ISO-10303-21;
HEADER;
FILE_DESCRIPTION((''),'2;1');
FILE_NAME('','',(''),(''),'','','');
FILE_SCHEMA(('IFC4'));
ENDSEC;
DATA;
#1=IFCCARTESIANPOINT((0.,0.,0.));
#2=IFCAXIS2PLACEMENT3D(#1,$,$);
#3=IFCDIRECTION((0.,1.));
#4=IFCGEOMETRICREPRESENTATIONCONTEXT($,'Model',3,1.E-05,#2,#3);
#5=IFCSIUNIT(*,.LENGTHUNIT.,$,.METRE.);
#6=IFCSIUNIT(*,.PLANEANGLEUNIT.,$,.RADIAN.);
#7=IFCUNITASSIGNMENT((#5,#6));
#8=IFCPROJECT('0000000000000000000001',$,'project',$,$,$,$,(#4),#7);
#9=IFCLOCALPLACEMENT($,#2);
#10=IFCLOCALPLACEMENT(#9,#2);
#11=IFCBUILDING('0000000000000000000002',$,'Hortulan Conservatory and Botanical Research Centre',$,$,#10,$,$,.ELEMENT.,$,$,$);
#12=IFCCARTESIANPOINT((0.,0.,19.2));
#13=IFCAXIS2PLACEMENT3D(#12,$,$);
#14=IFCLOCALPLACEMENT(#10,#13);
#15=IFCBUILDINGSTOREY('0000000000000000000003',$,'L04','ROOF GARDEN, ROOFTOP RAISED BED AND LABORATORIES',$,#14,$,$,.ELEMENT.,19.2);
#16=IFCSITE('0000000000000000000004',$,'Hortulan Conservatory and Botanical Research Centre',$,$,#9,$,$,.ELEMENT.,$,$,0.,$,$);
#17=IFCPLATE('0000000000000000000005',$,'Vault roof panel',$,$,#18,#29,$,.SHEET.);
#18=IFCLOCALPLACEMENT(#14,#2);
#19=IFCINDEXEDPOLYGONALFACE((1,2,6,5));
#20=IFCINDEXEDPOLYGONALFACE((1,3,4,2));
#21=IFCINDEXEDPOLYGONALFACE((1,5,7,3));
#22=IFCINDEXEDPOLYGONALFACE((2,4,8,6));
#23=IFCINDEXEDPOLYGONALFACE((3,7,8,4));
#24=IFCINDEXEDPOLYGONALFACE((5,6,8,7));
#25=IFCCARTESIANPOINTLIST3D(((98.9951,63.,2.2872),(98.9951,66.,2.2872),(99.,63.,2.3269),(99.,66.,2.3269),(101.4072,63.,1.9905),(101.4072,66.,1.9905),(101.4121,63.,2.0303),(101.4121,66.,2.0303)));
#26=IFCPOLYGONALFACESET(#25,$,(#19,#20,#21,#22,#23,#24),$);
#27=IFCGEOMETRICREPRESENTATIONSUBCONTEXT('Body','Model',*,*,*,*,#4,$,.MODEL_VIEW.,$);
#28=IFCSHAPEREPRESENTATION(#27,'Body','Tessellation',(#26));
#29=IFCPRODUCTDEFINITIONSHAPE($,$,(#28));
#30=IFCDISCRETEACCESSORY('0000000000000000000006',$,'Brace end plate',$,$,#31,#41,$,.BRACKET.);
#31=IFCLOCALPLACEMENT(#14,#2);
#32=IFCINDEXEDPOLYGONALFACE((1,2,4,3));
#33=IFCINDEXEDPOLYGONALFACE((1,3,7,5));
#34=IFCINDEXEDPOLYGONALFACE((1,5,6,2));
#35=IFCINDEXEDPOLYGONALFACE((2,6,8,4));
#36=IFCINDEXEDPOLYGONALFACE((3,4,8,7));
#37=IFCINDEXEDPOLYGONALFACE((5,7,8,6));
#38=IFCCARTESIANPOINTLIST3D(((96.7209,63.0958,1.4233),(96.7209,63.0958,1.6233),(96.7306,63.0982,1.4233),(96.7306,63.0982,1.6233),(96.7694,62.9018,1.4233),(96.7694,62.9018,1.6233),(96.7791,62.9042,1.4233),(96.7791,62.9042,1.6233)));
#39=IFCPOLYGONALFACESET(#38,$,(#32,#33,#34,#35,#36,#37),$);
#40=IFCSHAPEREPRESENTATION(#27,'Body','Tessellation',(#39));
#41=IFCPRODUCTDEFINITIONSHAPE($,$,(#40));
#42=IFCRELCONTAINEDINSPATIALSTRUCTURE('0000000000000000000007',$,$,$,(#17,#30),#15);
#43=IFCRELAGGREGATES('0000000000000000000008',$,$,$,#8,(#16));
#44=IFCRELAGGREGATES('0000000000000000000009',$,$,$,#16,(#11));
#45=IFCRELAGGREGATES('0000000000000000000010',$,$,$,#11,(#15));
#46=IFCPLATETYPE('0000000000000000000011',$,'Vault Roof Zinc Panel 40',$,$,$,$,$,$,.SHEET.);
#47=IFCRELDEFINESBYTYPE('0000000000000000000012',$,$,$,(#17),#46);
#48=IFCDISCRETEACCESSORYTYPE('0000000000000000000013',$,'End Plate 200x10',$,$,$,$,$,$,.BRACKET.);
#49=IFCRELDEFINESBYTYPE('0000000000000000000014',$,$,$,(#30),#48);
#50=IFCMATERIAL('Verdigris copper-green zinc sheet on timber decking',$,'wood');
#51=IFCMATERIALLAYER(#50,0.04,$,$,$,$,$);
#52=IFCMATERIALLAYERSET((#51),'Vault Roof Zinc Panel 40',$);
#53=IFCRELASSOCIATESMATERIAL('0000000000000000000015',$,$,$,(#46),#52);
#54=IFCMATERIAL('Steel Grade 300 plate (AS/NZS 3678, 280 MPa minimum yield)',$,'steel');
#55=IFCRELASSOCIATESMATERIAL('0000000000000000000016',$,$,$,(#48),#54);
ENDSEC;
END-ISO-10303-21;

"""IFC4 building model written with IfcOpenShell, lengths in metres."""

from ifc_helpers import new_model, si_unit, direction, frame, origin, origin_2d, place, context, subcontext, project, spatial, polyline, rectangle, outline, extrude, material, layer, layer_set, type_object, element, save


model = new_model("IFC4")

# Units and contexts
model_context = context("Model", 3, precision=1e-05, world=origin(), true_north=direction((0.0, 1.0)))
body_context = subcontext(model_context, "Body", "Model", "MODEL_VIEW")
ifc_project = project(units=[si_unit("LENGTHUNIT", "METRE"), si_unit("PLANEANGLEUNIT", "RADIAN")], contexts=[model_context])

# Site, building, storey
site_placement = place(None, origin())
site = spatial("IfcSite", under=ifc_project, at=site_placement, Name="Hortulan Conservatory and Botanical Research Centre", CompositionType="ELEMENT", RefElevation=0.0)
building_placement = place(site_placement, origin())
building = spatial("IfcBuilding", under=site, at=building_placement, Name="Hortulan Conservatory and Botanical Research Centre", CompositionType="ELEMENT")
storey_placement = place(building_placement, frame((0.0, 0.0, 19.2)))
storey = spatial("IfcBuildingStorey", under=building, at=storey_placement, Name="L04", Description="ROOF GARDEN, ROOFTOP RAISED BED AND LABORATORIES", CompositionType="ELEMENT", Elevation=19.2)

# Plate
ifc_material_1 = material(Name="Verdigris copper-green zinc sheet on timber decking", Category="wood")
ifc_layer = layer(ifc_material_1, 0.04)
ifc_layer_set = layer_set([ifc_layer], Name="Vault Roof Zinc Panel 40")
plate_type = type_object("IfcPlateType", Name="Vault Roof Zinc Panel 40", PredefinedType="SHEET", material=ifc_layer_set)
for number, where, z_axis, x_axis, name in (
    (1, (99.0, 63.0, 2.3269), (0.122056, 0.0, 0.992523), (0.992523, 0.0, -0.122056), "Vault roof panel"),
):
    element("IfcPlate", number, at=place(storey_placement, frame(where, z_axis=z_axis, x_axis=x_axis)), inside=storey, type_object=plate_type, Name=name, PredefinedType="SHEET", context=body_context, shape_type="SweptSolid", body=[
        extrude(outline(polyline([(0.0, 0.0), (2.4303, 0.0), (2.4303, 3.0), (0.0, 3.0), (0.0, 0.0)])), origin(), (0.0, 0.0, -1.0), 0.04),
    ])

# Discrete accessory
ifc_material_2 = material(Name="Steel Grade 300 plate (AS/NZS 3678, 280 MPa minimum yield)", Category="steel")
discrete_accessory_type = type_object("IfcDiscreteAccessoryType", Name="End Plate 200x10", PredefinedType="BRACKET", material=ifc_material_2)
discrete_accessory_placement = place(storey_placement, frame((96.75, 63.0, 1.4233), z_axis=(0.0, 0.0, 1.0), x_axis=(0.242532, -0.970144, 0.0)))
element("IfcDiscreteAccessory", 2, at=discrete_accessory_placement, inside=storey, type_object=discrete_accessory_type, Name="Brace end plate", PredefinedType="BRACKET", context=body_context, shape_type="SweptSolid", body=[
    extrude(rectangle(XDim=0.2, YDim=0.01, at=origin_2d()), origin(), (0.0, 0.0, 1.0), 0.2),
])

save(model, "model.ifc")
